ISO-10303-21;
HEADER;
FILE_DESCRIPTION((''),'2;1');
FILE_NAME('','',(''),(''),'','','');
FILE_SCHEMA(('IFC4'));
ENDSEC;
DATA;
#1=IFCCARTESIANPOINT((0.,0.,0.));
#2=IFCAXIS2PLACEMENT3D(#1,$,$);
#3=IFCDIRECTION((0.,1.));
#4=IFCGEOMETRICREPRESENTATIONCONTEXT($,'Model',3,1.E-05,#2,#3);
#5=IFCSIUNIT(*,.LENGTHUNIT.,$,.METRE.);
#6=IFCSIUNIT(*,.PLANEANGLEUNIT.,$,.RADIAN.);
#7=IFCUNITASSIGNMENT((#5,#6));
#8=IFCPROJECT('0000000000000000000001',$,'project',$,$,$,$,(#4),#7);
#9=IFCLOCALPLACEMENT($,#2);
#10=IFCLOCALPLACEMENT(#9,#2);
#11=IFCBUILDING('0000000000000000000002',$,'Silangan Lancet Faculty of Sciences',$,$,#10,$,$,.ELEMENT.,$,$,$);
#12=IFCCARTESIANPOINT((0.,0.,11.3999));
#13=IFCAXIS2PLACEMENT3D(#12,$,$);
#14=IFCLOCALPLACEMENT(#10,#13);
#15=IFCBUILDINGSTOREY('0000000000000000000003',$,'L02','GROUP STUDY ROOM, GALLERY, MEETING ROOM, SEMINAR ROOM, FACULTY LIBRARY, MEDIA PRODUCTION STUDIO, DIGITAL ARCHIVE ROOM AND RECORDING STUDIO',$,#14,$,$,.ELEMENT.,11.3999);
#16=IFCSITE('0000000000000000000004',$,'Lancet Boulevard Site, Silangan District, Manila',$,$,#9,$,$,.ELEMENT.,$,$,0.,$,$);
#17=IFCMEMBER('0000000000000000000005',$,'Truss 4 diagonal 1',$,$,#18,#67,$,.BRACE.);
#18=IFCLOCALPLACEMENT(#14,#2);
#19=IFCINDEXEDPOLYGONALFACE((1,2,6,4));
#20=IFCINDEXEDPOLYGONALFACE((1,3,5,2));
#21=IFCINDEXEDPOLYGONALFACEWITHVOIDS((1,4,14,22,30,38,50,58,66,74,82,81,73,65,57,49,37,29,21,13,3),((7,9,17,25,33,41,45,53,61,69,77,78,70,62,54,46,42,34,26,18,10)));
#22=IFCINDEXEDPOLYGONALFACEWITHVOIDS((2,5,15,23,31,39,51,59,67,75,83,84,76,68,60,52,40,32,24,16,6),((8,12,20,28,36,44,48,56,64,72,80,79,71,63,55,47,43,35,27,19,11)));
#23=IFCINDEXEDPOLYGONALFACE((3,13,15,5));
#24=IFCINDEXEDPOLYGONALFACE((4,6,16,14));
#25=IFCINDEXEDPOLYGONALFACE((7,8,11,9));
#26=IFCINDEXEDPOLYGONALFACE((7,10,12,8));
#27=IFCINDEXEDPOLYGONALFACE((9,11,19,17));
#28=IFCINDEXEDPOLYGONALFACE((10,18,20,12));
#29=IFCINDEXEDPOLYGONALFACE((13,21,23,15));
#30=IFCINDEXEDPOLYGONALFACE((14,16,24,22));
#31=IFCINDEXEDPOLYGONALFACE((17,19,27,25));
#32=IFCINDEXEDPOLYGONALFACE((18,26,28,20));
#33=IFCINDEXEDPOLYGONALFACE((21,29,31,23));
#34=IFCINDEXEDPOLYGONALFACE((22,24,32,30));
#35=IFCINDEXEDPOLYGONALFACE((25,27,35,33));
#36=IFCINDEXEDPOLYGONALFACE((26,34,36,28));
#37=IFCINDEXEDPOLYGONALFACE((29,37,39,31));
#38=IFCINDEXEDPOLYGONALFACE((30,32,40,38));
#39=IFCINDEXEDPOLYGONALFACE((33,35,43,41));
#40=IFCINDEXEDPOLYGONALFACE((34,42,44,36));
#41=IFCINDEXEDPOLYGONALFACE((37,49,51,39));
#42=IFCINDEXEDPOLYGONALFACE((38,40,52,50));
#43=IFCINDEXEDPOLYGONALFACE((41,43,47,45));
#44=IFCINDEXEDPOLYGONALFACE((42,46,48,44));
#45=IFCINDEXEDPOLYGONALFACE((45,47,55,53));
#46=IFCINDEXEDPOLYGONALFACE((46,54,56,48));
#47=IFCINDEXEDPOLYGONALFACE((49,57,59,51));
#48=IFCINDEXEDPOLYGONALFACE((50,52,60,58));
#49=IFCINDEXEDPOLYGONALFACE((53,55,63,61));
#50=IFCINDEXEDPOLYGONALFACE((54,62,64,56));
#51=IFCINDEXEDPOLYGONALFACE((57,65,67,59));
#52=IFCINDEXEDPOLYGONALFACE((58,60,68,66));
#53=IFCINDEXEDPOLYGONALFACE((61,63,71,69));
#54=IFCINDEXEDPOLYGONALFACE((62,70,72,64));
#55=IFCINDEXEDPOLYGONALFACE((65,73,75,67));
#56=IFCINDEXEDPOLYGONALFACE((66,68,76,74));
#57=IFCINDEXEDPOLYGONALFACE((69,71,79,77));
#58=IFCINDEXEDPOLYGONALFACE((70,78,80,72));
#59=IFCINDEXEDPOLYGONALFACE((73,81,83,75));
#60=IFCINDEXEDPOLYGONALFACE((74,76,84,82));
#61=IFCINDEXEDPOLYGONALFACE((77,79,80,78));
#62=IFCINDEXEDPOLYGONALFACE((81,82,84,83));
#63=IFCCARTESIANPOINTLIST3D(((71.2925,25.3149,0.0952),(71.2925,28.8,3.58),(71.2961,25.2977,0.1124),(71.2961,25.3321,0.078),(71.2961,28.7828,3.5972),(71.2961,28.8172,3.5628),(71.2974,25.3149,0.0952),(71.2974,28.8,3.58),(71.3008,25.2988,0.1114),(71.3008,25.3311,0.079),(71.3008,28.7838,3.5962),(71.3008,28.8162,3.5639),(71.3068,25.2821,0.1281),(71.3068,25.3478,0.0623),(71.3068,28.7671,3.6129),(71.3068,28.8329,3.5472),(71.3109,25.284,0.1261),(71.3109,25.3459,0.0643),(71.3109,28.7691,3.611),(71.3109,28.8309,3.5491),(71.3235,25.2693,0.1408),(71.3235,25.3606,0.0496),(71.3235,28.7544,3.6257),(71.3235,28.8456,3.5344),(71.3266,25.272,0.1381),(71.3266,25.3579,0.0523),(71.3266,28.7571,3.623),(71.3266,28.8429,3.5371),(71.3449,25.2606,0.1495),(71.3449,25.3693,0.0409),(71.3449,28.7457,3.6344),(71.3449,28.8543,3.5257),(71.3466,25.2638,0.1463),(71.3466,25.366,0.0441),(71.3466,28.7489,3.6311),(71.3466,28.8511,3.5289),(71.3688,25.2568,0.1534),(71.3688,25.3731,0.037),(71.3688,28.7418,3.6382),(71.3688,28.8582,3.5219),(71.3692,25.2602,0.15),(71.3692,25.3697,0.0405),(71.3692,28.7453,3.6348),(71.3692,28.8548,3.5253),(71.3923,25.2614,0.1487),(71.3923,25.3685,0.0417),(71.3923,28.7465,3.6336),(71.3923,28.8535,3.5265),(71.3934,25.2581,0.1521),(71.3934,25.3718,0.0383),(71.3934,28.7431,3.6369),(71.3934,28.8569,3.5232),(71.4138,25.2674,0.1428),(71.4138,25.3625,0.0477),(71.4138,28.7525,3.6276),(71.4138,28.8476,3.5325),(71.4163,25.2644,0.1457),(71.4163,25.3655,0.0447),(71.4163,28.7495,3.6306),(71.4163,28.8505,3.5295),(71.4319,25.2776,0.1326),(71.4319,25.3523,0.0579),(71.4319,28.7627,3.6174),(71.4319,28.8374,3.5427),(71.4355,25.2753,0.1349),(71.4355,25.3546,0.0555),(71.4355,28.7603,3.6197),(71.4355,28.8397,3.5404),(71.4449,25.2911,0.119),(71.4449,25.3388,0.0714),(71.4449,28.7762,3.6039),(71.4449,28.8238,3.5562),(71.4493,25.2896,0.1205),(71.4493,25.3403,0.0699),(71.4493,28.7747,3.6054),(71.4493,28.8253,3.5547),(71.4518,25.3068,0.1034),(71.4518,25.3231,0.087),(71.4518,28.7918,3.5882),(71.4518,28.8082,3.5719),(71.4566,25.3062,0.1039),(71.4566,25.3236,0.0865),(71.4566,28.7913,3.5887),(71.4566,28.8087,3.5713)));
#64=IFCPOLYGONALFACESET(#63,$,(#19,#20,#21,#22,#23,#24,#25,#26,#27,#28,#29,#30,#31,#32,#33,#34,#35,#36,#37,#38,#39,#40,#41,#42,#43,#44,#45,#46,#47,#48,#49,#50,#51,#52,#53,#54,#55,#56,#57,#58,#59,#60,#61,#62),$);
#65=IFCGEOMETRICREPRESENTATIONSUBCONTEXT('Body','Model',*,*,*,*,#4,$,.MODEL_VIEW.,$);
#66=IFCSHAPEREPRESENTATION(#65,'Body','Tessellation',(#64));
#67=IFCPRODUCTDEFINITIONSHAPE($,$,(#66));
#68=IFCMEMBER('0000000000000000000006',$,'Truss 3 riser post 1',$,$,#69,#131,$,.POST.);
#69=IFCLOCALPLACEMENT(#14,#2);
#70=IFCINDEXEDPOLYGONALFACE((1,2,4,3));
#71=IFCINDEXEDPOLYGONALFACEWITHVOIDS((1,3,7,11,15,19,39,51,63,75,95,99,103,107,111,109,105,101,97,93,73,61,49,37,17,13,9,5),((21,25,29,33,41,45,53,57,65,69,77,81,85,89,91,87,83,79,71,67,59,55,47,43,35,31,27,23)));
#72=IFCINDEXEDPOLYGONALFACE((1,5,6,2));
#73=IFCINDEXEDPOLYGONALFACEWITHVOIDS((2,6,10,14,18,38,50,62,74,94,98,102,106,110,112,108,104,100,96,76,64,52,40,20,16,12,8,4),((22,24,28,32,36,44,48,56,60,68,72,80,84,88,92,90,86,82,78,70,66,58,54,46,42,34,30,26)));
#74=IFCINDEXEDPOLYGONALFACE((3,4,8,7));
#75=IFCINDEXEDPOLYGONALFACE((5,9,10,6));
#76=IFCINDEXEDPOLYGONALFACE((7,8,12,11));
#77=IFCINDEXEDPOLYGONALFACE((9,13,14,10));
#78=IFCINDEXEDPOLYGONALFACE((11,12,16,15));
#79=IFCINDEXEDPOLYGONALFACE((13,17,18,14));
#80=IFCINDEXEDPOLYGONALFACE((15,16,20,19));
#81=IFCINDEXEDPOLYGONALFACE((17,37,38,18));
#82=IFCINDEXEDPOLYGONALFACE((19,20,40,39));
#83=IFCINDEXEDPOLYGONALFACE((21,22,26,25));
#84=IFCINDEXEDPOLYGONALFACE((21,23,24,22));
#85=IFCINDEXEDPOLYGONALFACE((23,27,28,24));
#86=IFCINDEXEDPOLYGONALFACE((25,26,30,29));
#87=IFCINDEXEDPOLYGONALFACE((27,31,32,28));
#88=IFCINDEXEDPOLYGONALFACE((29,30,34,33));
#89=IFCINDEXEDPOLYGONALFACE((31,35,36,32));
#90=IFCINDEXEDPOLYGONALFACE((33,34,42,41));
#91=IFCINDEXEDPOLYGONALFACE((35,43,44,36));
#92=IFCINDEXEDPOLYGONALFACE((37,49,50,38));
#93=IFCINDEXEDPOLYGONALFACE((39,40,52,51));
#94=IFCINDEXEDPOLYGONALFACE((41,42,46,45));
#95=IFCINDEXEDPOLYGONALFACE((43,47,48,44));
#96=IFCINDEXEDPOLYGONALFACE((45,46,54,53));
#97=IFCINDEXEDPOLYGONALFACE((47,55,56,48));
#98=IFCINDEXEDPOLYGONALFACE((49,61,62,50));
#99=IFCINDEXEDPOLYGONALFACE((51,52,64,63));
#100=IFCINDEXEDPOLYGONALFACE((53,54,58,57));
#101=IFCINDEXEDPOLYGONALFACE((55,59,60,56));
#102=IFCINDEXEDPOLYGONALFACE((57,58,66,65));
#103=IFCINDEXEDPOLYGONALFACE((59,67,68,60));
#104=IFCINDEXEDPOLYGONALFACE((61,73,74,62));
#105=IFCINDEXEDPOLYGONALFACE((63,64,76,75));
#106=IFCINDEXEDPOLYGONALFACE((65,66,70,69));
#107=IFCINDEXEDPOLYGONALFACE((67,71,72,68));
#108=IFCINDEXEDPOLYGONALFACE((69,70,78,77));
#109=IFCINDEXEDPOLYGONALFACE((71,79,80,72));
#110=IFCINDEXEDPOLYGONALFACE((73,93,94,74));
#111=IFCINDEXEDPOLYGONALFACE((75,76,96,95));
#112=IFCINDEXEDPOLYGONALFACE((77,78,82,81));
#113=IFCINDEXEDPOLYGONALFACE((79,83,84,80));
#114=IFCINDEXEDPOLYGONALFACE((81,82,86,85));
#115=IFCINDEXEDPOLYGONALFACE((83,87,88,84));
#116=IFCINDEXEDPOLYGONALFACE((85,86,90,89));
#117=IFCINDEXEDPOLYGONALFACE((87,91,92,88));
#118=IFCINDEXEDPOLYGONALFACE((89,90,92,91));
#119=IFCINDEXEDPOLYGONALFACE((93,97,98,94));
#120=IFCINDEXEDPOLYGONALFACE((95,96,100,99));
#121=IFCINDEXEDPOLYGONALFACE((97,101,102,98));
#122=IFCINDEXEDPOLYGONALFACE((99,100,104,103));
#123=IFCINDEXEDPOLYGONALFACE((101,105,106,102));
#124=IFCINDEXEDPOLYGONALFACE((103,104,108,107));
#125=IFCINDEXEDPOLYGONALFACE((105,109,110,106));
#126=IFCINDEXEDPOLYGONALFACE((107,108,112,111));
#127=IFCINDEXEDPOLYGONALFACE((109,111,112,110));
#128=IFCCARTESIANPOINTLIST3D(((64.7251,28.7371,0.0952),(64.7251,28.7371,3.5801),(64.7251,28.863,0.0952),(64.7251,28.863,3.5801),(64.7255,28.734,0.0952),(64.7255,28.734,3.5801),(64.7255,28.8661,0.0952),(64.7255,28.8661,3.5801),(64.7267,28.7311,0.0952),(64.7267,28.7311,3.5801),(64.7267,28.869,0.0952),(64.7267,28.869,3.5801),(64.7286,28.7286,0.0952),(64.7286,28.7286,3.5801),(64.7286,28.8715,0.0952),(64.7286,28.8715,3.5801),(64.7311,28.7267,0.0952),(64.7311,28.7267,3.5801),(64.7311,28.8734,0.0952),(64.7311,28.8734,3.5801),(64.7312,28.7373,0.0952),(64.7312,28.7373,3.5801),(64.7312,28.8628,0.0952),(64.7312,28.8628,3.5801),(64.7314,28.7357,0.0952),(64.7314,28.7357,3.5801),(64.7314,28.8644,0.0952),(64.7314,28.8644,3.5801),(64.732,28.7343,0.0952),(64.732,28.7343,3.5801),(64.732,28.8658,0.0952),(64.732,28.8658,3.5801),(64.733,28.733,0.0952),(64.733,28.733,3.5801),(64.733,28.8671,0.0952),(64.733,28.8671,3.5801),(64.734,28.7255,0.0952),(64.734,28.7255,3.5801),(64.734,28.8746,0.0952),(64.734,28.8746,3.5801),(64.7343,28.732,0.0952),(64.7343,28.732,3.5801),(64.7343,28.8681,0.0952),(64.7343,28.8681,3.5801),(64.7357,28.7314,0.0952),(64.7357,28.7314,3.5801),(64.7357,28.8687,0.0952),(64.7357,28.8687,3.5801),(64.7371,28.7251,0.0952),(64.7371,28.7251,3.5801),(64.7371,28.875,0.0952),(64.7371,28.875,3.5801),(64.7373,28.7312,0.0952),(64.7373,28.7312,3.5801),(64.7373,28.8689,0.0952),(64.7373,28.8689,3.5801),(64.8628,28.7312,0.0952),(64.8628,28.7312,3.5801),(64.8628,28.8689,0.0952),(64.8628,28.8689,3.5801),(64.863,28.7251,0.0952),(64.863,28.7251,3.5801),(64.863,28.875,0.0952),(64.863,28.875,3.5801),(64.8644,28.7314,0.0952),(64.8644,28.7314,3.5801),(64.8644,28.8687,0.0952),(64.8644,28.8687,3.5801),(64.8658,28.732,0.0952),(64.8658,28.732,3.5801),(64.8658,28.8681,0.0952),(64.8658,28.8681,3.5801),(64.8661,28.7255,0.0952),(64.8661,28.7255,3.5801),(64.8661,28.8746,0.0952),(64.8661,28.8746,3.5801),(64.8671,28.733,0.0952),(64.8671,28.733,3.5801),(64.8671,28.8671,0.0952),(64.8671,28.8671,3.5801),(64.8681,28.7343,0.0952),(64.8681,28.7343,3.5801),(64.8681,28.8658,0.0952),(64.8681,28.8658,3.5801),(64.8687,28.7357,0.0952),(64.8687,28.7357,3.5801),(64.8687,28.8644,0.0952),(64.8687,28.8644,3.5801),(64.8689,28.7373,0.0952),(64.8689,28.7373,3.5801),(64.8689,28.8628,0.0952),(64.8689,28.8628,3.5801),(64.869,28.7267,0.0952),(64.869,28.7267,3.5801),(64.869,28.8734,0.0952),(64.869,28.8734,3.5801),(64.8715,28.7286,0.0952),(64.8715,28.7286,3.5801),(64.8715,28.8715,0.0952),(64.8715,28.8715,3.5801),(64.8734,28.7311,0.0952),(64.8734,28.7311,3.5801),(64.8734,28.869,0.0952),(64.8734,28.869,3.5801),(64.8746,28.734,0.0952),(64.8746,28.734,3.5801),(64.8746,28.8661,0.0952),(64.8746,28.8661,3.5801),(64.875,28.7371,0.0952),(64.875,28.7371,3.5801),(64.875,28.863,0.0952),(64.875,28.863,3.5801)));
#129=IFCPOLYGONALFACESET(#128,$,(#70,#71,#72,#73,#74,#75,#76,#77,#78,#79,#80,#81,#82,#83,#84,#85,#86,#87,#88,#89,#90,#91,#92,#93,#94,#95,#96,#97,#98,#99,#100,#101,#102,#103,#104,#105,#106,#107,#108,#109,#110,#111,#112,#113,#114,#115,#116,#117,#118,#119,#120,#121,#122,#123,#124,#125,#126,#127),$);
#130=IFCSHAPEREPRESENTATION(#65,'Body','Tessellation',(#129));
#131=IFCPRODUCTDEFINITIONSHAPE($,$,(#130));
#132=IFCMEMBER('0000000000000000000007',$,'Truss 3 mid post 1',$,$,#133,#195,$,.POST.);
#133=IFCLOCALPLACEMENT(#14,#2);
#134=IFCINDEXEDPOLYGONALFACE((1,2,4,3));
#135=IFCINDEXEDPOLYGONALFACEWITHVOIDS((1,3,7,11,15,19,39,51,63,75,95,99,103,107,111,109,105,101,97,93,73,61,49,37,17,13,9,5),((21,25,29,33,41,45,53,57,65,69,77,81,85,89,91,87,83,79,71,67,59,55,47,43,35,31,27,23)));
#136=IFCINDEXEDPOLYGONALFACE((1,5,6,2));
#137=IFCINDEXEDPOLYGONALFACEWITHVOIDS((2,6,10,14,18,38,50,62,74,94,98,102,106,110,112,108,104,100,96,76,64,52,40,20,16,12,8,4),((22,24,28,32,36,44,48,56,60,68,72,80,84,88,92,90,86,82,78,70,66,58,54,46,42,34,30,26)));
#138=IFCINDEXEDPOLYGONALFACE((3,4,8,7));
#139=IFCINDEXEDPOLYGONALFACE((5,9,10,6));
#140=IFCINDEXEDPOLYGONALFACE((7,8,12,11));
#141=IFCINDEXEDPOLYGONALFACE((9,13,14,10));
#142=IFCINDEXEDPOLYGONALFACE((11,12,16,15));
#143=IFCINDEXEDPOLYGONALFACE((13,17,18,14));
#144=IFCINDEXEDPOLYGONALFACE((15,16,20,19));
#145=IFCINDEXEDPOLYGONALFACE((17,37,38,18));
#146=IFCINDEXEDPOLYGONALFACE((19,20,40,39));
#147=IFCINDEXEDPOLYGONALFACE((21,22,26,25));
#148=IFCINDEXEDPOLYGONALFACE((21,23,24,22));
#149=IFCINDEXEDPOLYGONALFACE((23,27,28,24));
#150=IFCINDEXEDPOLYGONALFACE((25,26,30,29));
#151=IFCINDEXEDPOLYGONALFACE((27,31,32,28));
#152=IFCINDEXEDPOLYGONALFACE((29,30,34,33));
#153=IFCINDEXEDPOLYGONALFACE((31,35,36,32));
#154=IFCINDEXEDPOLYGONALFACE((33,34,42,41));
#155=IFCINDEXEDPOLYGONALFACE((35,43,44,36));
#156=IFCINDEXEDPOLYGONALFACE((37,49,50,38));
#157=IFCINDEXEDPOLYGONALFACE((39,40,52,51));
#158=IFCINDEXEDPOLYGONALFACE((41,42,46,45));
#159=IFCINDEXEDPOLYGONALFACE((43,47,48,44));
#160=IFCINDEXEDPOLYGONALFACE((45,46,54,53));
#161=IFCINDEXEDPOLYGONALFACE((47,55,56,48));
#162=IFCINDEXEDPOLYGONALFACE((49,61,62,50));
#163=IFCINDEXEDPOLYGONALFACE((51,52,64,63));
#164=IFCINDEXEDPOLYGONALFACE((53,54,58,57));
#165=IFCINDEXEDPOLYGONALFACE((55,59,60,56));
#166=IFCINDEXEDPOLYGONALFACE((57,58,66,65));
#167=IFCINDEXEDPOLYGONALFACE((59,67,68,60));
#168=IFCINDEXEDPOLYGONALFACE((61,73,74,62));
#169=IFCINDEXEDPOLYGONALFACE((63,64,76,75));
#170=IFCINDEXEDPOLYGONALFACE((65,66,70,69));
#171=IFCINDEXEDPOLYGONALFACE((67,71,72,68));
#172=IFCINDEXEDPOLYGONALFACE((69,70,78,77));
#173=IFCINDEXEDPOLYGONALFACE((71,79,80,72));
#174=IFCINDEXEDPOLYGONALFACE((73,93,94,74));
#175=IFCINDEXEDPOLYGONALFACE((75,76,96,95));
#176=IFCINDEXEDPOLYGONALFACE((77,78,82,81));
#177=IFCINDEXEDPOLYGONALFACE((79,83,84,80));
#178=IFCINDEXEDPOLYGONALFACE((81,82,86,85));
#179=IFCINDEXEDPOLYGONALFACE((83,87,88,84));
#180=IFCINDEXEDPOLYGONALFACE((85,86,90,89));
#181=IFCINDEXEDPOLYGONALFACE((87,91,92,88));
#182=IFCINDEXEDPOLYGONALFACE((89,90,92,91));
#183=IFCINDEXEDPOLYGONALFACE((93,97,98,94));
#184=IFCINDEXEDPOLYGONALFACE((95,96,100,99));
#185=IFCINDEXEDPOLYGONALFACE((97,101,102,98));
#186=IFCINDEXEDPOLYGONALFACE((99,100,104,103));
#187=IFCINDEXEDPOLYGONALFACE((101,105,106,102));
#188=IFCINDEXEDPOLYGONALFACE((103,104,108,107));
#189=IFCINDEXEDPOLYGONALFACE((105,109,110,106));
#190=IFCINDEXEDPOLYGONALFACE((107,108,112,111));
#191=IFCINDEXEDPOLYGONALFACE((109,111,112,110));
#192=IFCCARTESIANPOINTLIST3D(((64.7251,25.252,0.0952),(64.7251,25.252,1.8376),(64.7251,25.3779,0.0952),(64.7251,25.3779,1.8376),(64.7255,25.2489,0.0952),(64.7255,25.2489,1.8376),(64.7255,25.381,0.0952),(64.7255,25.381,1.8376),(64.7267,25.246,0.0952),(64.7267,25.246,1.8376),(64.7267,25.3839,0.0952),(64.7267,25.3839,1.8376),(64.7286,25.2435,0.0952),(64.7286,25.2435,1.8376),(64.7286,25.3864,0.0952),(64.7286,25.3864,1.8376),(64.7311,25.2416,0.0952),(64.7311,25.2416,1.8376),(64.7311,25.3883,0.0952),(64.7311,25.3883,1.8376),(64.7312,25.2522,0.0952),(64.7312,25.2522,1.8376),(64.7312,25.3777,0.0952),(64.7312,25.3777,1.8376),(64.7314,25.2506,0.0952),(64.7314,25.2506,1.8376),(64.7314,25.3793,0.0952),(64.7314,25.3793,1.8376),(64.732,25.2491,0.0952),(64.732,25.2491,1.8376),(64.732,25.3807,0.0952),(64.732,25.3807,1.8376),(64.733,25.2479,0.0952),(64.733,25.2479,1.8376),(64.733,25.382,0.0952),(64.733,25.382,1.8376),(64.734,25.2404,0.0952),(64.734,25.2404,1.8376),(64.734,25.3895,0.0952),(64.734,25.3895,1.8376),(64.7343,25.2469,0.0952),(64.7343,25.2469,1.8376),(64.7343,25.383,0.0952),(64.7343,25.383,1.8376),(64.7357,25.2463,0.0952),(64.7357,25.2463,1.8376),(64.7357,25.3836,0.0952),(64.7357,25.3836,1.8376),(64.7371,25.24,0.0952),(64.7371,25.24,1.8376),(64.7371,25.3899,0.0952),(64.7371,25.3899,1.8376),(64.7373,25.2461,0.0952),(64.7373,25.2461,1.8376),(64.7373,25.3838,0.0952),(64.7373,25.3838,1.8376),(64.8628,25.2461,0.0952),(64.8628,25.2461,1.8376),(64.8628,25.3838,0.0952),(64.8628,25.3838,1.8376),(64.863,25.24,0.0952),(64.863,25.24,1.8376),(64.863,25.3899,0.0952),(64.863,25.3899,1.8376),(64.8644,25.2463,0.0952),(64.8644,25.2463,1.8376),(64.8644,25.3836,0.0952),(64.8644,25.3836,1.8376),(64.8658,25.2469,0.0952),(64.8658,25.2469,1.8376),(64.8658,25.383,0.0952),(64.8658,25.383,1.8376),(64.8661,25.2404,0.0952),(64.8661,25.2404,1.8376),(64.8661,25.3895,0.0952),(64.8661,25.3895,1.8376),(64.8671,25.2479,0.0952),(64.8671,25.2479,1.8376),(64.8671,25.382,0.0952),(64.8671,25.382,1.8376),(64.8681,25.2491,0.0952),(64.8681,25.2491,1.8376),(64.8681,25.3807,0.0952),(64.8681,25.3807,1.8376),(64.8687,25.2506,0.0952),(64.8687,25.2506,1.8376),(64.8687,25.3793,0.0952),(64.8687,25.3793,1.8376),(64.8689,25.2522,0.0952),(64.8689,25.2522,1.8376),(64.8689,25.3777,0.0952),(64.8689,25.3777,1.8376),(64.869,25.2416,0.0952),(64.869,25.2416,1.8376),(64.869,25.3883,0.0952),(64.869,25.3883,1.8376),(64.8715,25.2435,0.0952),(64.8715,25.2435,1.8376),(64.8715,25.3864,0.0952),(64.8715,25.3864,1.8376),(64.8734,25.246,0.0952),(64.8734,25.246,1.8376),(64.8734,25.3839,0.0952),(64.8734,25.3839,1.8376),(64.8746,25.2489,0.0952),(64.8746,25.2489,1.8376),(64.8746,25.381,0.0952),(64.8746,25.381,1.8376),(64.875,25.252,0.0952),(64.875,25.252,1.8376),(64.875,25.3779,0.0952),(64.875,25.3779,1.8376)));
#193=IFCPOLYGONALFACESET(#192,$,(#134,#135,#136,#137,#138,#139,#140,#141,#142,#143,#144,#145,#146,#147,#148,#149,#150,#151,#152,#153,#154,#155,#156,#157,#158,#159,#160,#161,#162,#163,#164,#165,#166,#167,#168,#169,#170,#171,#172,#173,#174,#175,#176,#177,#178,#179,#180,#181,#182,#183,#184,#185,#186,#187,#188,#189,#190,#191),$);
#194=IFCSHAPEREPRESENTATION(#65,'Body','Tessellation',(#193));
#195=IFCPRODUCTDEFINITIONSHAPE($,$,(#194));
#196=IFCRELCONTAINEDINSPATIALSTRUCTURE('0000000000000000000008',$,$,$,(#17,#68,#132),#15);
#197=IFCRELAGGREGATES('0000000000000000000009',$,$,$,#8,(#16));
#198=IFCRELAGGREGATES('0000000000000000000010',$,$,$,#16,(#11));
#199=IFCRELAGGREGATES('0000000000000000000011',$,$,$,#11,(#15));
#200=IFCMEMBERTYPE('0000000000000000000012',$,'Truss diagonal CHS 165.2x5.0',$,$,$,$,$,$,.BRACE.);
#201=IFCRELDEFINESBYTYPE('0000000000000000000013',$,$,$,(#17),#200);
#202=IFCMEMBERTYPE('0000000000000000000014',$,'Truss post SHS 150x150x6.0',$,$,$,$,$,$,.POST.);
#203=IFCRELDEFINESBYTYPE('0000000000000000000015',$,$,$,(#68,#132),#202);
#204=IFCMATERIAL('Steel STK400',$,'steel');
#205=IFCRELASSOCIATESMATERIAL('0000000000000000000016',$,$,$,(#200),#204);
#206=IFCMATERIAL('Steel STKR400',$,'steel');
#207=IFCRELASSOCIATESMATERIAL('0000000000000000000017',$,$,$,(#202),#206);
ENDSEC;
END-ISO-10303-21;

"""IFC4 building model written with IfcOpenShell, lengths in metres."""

from ifc_helpers import new_model, si_unit, direction, frame, origin, origin_2d, place, context, subcontext, project, spatial, hollow_rectangle, hollow_circle, extrude, material, material_profile, profile_set, type_object, element, save


model = new_model("IFC4")

# Units and contexts
model_context = context("Model", 3, precision=1e-05, world=origin(), true_north=direction((0.0, 1.0)))
body_context = subcontext(model_context, "Body", "Model", "MODEL_VIEW")
ifc_project = project(units=[si_unit("LENGTHUNIT", "METRE"), si_unit("PLANEANGLEUNIT", "RADIAN")], contexts=[model_context])

# Site, building, storey
site_placement = place(None, origin())
site = spatial("IfcSite", under=ifc_project, at=site_placement, Name="Lancet Boulevard Site, Silangan District, Manila", CompositionType="ELEMENT", RefElevation=0.0)
building_placement = place(site_placement, origin())
building = spatial("IfcBuilding", under=site, at=building_placement, Name="Silangan Lancet Faculty of Sciences", CompositionType="ELEMENT")
storey_placement = place(building_placement, frame((0.0, 0.0, 11.3999)))
storey = spatial("IfcBuildingStorey", under=building, at=storey_placement, Name="L02", Description="GROUP STUDY ROOM, GALLERY, MEETING ROOM, SEMINAR ROOM, FACULTY LIBRARY, MEDIA PRODUCTION STUDIO, DIGITAL ARCHIVE ROOM AND RECORDING STUDIO", CompositionType="ELEMENT", Elevation=11.3999)

# Members
ifc_material_1 = material(Name="Steel STK400", Category="steel")
ifc_material_profile_1 = material_profile(ifc_material_1, hollow_circle(Radius=0.0825, WallThickness=0.0049, at=origin_2d()), Name="CHS 165.2x5.0")
ifc_profile_set_1 = profile_set([ifc_material_profile_1], Name="Steel STK400")
member_type_1 = type_object("IfcMemberType", Name="Truss diagonal CHS 165.2x5.0", PredefinedType="BRACE", material=ifc_profile_set_1)
for number, where, z_axis, x_axis, name in (
    (1, (71.375, 25.3149, 0.0952), (0.0, 0.707132, 0.707082), (-1.0, 0.0, 0.0), "Truss 4 diagonal 1"),
):
    element("IfcMember", number, at=place(storey_placement, frame(where, z_axis=z_axis, x_axis=x_axis)), inside=storey, type_object=member_type_1, Name=name, PredefinedType="BRACE", context=body_context, shape_type="SweptSolid", body=[
        extrude(hollow_circle(Radius=0.0825, WallThickness=0.0049, at=origin_2d()), origin(), (0.0, 0.0, 1.0), 4.9285),
    ])
ifc_material_2 = material(Name="Steel STKR400", Category="steel")
ifc_material_profile_2 = material_profile(ifc_material_2, hollow_rectangle(XDim=0.1499, YDim=0.1499, WallThickness=0.0061, InnerFilletRadius=0.0061, OuterFilletRadius=0.012, at=origin_2d()), Name="SHS 150x150x6.0")
ifc_profile_set_2 = profile_set([ifc_material_profile_2], Name="Steel STKR400")
member_type_2 = type_object("IfcMemberType", Name="Truss post SHS 150x150x6.0", PredefinedType="POST", material=ifc_profile_set_2)
member_1_placement = place(storey_placement, frame((64.8, 28.8, 0.0952), z_axis=(0.0, 0.0, 1.0), x_axis=(1.0, 0.0, 0.0)))
element("IfcMember", 2, at=member_1_placement, inside=storey, type_object=member_type_2, Name="Truss 3 riser post 1", PredefinedType="POST", context=body_context, shape_type="SweptSolid", body=[
    extrude(hollow_rectangle(XDim=0.1499, YDim=0.1499, WallThickness=0.0061, InnerFilletRadius=0.0061, OuterFilletRadius=0.012, at=origin_2d()), origin(), (0.0, 0.0, 1.0), 3.4849),
])
member_2_placement = place(storey_placement, frame((64.8, 25.3149, 0.0952), z_axis=(0.0, 0.0, 1.0), x_axis=(1.0, 0.0, 0.0)))
element("IfcMember", 3, at=member_2_placement, inside=storey, type_object=member_type_2, Name="Truss 3 mid post 1", PredefinedType="POST", context=body_context, shape_type="SweptSolid", body=[
    extrude(hollow_rectangle(XDim=0.1499, YDim=0.1499, WallThickness=0.0061, InnerFilletRadius=0.0061, OuterFilletRadius=0.012, at=origin_2d()), origin(), (0.0, 0.0, 1.0), 1.7424),
])

save(model, "model.ifc")
